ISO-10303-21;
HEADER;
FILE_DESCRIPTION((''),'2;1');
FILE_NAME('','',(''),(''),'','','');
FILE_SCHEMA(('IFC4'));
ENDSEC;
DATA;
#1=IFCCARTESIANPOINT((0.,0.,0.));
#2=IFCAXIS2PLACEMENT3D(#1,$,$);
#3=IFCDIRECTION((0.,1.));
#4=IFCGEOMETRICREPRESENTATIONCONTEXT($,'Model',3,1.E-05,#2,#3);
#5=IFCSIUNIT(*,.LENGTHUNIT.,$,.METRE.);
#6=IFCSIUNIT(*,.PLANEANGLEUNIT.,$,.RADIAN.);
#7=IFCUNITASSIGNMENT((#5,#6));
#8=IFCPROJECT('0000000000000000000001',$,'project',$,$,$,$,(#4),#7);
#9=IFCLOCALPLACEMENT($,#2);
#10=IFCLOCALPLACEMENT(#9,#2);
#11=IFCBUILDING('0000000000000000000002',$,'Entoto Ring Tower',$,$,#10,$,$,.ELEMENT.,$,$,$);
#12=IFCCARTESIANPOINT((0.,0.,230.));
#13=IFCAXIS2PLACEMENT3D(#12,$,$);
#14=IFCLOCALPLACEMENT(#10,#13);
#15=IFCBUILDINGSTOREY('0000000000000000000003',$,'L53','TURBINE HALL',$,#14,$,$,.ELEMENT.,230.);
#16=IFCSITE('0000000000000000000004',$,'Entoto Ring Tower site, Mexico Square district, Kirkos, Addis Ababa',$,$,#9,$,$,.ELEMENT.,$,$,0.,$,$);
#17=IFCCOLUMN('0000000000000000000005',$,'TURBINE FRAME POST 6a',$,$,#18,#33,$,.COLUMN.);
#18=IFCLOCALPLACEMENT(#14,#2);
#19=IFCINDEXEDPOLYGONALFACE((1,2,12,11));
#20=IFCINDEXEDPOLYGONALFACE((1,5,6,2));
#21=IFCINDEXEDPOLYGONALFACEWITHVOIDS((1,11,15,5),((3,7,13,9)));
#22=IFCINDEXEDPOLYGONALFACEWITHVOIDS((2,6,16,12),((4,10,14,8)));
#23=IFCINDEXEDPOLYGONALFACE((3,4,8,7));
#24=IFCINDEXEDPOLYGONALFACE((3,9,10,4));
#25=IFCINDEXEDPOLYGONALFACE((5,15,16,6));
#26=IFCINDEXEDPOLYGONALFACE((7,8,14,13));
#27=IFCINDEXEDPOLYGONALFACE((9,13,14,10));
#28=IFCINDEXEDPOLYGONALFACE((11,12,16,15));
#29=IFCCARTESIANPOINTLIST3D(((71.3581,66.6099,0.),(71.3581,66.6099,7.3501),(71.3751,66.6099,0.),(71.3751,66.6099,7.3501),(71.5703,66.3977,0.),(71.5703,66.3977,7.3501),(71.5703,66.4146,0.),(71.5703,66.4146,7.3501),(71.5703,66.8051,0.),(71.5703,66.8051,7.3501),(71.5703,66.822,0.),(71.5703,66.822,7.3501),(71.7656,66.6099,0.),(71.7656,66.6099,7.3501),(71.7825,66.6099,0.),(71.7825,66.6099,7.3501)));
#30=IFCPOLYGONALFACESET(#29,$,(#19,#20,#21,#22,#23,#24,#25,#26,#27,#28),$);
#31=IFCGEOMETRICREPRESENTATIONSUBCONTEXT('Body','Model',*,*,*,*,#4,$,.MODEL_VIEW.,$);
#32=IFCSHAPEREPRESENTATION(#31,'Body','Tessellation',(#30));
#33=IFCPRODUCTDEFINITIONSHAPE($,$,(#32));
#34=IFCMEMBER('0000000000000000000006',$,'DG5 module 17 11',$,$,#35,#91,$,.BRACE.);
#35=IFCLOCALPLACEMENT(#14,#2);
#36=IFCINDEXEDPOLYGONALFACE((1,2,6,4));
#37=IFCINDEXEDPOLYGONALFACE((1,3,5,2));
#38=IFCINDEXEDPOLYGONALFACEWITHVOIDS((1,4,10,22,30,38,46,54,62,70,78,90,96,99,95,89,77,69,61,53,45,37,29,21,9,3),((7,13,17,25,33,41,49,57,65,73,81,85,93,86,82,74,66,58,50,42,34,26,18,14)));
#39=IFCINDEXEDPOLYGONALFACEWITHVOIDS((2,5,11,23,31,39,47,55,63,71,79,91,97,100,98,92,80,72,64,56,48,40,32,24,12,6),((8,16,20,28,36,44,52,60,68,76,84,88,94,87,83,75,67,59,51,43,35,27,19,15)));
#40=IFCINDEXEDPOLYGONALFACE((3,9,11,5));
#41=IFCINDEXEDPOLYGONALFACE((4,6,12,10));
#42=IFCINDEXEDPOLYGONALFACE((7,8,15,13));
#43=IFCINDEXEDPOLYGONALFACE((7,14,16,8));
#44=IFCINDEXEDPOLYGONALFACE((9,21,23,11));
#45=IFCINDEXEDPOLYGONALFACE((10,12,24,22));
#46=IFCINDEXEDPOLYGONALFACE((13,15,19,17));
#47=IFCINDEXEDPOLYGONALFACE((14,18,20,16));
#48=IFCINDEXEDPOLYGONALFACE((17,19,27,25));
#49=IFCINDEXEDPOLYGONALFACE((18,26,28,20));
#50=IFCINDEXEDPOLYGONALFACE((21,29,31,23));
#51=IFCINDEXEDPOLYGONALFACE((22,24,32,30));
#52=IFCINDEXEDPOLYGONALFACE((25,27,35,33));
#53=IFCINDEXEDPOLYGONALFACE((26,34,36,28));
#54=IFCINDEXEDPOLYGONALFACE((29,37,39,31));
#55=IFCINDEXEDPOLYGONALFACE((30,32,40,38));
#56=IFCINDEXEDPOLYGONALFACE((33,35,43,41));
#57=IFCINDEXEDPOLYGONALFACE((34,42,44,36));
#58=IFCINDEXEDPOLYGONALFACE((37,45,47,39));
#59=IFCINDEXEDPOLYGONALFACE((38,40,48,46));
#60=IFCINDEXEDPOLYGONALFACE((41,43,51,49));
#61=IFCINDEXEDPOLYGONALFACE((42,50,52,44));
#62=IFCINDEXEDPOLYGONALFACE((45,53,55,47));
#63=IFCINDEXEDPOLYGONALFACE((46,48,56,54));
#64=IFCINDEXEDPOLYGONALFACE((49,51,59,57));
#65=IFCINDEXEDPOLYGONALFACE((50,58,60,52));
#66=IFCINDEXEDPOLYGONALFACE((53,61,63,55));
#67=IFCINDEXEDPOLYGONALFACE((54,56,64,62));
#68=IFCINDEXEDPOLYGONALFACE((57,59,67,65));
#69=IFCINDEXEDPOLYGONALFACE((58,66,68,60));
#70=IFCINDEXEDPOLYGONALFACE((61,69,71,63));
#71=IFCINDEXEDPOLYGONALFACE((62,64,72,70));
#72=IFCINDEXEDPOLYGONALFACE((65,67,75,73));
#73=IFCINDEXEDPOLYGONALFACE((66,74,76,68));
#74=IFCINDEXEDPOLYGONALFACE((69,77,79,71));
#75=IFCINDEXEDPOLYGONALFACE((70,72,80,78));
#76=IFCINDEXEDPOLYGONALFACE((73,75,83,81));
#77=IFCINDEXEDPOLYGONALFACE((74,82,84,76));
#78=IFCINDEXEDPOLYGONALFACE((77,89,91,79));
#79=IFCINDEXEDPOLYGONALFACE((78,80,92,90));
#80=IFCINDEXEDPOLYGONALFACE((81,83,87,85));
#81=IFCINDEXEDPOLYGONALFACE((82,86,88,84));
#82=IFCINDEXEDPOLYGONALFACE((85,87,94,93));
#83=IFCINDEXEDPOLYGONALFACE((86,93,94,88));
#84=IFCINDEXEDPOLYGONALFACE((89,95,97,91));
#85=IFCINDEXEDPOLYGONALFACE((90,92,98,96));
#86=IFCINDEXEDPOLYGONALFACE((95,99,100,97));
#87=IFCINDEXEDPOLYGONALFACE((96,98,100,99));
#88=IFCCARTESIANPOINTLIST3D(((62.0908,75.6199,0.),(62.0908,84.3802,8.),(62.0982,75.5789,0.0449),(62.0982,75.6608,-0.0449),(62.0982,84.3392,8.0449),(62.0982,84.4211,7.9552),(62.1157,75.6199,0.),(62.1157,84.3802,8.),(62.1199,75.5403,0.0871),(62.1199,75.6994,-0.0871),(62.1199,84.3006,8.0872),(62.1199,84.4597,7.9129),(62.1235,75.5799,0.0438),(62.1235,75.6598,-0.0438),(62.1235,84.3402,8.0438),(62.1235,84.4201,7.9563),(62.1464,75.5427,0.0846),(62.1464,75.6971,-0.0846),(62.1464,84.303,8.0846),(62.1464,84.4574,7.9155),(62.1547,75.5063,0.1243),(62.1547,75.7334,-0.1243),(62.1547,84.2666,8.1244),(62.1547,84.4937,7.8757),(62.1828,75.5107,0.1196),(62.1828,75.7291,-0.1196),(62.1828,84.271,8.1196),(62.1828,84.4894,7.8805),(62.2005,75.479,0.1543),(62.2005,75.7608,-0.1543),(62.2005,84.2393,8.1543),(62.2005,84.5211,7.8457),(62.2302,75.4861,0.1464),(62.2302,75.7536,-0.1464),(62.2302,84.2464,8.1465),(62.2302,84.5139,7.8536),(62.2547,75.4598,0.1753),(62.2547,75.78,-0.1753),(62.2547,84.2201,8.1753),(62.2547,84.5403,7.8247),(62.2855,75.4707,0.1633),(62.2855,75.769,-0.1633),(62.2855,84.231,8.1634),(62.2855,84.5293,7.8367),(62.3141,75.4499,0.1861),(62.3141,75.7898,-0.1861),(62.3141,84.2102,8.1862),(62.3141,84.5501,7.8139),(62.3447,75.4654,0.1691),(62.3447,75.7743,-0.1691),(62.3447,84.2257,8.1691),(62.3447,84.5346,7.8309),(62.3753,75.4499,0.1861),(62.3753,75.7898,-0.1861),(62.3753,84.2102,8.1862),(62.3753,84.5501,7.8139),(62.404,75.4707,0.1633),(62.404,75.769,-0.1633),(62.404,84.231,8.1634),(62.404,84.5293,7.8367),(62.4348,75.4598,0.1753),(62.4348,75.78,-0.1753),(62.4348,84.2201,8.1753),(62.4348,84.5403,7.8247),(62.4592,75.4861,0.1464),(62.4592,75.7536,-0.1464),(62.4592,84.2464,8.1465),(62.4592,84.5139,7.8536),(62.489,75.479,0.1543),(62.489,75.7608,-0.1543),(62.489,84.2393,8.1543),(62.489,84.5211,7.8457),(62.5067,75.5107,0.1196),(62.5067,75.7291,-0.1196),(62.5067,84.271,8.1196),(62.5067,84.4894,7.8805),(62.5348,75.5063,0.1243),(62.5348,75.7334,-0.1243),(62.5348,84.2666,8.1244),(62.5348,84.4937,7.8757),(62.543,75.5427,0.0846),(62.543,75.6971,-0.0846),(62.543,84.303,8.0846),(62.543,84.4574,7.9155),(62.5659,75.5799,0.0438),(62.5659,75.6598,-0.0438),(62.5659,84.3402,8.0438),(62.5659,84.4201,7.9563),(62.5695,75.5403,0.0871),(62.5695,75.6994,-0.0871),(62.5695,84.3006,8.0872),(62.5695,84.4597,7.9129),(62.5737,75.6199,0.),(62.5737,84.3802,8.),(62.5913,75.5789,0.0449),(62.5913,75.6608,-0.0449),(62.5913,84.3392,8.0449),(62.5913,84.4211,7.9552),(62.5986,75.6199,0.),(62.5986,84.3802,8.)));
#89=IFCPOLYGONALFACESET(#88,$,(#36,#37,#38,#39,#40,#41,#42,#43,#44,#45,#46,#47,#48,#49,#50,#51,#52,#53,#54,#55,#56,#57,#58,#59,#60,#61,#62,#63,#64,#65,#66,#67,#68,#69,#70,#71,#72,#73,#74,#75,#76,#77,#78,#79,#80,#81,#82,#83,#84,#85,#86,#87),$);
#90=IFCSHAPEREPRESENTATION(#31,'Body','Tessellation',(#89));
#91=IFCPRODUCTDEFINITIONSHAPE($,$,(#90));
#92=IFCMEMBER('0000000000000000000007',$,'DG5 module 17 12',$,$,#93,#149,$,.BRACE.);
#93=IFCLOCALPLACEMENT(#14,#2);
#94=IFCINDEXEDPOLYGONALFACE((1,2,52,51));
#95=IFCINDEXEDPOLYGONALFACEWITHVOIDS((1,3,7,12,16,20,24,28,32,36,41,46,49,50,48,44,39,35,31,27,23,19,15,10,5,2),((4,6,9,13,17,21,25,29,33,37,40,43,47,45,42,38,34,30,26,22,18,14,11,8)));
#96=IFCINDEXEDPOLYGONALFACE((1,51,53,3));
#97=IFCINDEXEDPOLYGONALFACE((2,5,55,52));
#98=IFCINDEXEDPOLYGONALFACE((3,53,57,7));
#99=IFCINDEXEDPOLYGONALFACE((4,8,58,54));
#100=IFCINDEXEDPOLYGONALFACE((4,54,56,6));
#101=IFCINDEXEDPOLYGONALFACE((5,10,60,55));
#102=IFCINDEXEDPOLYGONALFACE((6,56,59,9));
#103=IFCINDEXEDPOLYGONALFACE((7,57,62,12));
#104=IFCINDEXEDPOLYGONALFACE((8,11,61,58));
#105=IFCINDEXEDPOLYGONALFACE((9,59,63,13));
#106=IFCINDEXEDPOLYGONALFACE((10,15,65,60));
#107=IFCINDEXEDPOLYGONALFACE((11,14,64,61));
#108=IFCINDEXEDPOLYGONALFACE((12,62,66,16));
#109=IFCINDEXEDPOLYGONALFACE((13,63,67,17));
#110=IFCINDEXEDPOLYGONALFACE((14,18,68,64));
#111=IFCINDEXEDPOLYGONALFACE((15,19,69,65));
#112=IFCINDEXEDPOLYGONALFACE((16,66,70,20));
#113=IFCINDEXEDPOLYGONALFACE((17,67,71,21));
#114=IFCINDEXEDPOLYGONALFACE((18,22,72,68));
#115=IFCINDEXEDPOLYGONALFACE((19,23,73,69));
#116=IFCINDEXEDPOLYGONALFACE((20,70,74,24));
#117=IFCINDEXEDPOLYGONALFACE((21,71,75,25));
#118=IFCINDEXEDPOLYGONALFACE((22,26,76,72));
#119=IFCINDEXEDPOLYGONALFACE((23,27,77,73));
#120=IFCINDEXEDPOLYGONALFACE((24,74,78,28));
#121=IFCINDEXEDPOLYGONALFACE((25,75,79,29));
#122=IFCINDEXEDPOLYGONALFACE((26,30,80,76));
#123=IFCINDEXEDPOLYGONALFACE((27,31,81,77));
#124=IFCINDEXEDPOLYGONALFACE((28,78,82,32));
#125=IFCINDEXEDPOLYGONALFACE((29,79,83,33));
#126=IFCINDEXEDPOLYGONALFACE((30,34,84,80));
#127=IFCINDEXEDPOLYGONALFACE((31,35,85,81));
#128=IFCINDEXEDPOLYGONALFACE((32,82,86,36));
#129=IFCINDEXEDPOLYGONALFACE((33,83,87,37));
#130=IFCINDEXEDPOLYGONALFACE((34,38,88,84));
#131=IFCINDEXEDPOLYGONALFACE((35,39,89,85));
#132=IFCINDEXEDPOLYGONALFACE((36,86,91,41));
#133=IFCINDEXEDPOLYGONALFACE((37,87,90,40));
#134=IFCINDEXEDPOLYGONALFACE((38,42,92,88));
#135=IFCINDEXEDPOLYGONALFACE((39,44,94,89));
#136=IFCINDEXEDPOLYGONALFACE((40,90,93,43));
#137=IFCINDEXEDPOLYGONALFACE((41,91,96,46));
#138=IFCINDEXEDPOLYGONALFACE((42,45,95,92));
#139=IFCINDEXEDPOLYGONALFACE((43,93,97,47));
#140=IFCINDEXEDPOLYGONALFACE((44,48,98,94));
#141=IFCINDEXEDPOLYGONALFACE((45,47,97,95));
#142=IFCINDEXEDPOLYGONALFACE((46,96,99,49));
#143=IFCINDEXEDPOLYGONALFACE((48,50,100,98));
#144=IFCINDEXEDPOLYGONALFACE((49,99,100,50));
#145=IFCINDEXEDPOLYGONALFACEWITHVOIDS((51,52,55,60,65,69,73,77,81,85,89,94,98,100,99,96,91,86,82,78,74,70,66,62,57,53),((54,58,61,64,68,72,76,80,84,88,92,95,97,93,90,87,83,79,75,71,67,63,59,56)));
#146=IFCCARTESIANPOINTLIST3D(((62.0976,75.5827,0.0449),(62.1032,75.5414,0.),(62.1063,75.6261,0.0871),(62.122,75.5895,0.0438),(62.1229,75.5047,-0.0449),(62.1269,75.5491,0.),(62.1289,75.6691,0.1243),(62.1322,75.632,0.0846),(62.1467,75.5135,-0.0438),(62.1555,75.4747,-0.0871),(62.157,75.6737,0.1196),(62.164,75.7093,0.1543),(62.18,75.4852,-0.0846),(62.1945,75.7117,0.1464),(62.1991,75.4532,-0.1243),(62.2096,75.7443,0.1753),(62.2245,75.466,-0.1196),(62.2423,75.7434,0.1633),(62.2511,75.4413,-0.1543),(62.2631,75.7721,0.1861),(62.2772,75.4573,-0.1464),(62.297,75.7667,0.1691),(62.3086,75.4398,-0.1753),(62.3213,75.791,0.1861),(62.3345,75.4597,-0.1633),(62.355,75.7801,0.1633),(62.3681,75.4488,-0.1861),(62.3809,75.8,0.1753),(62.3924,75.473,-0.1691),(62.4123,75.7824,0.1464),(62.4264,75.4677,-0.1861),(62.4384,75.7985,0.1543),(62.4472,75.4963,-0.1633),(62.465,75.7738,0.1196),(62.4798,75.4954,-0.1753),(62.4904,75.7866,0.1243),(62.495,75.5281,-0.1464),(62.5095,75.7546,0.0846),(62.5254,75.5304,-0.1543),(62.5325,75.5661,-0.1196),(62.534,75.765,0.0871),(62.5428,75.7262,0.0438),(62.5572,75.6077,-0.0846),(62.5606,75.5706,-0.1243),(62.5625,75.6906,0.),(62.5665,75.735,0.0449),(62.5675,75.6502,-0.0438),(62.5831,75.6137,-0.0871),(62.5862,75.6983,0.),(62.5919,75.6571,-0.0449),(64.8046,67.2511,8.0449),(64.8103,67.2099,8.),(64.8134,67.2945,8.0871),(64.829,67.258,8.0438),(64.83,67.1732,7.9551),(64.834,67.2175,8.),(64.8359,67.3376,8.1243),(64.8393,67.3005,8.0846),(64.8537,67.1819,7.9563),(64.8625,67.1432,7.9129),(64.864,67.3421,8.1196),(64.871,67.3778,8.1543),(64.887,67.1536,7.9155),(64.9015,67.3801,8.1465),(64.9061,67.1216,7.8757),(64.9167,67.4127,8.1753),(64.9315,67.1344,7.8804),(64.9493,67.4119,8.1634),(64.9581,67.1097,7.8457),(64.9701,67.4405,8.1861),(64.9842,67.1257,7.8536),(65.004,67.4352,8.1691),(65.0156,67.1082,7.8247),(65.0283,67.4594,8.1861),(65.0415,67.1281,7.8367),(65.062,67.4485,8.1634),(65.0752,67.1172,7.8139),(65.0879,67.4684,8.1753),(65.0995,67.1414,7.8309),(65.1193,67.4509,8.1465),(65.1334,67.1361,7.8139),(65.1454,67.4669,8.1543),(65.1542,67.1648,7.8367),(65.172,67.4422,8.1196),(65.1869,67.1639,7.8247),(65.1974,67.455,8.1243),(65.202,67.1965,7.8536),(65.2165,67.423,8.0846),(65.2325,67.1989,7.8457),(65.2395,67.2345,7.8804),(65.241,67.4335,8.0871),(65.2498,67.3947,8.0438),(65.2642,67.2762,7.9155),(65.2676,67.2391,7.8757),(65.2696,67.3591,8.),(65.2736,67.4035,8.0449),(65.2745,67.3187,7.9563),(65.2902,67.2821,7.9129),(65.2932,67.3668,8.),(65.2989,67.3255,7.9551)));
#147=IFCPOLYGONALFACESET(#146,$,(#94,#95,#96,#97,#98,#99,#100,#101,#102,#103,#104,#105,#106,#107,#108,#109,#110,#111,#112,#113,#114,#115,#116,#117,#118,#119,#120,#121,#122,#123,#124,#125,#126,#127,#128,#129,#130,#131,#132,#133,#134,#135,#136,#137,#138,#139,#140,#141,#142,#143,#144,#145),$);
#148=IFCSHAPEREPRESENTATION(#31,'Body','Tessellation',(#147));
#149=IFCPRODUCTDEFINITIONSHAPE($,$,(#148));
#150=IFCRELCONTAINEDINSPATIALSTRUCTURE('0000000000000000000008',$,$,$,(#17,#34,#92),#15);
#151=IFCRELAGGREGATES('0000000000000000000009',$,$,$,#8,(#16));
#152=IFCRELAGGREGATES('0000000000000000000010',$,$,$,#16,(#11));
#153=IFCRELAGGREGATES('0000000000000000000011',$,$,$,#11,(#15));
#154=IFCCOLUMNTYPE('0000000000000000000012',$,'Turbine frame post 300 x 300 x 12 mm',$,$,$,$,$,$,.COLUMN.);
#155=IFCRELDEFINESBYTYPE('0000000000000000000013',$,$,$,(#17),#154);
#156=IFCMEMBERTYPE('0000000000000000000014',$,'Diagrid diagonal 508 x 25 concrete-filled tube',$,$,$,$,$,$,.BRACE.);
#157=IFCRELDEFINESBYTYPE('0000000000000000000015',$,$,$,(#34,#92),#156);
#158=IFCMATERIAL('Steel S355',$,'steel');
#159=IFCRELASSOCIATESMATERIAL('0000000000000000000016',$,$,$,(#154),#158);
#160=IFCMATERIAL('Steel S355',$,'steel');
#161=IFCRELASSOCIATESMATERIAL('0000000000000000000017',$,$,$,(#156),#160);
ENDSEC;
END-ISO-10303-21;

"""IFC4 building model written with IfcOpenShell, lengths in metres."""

from ifc_helpers import new_model, si_unit, direction, frame, origin, origin_2d, place, context, subcontext, project, spatial, hollow_rectangle, circle, hollow_circle, extrude, material, material_profile, profile_set, type_object, element, save


model = new_model("IFC4")

# Units and contexts
model_context = context("Model", 3, precision=1e-05, world=origin(), true_north=direction((0.0, 1.0)))
body_context = subcontext(model_context, "Body", "Model", "MODEL_VIEW")
ifc_project = project(units=[si_unit("LENGTHUNIT", "METRE"), si_unit("PLANEANGLEUNIT", "RADIAN")], contexts=[model_context])

# Site, building, storey
site_placement = place(None, origin())
site = spatial("IfcSite", under=ifc_project, at=site_placement, Name="Entoto Ring Tower site, Mexico Square district, Kirkos, Addis Ababa", CompositionType="ELEMENT", RefElevation=0.0)
building_placement = place(site_placement, origin())
building = spatial("IfcBuilding", under=site, at=building_placement, Name="Entoto Ring Tower", CompositionType="ELEMENT")
storey_placement = place(building_placement, frame((0.0, 0.0, 230.0)))
storey = spatial("IfcBuildingStorey", under=building, at=storey_placement, Name="L53", Description="TURBINE HALL", CompositionType="ELEMENT", Elevation=230.0)

# Column
ifc_material_1 = material(Name="Steel S355", Category="steel")
ifc_material_profile_1 = material_profile(ifc_material_1, hollow_rectangle(XDim=0.3, YDim=0.3, WallThickness=0.012, at=origin_2d()), Name="Turbine frame post 300 x 300 x 12 mm")
ifc_profile_set_1 = profile_set([ifc_material_profile_1], Name="Steel S355")
column_type_1 = type_object("IfcColumnType", Name="Turbine frame post 300 x 300 x 12 mm", PredefinedType="COLUMN", material=ifc_profile_set_1)
for number, where, z_axis, x_axis, name in (
    (1, (71.5703, 66.6099, 0.0), (0.0, 0.0, 1.0), (0.707107, -0.707107, 0.0), "TURBINE FRAME POST 6a"),
):
    element("IfcColumn", number, at=place(storey_placement, frame(where, z_axis=z_axis, x_axis=x_axis)), inside=storey, type_object=column_type_1, Name=name, PredefinedType="COLUMN", context=body_context, shape_type="SweptSolid", body=[
        extrude(hollow_rectangle(XDim=0.3, YDim=0.3, WallThickness=0.012, at=origin_2d()), origin(), (0.0, 0.0, 1.0), 7.3501),
    ])

# Members
ifc_material_2 = material(Name="Steel S355", Category="steel")
ifc_material_profile_2 = material_profile(ifc_material_2, hollow_circle(Radius=0.2539, WallThickness=0.0249, at=origin_2d()), Name="CHS 508 x 25")
ifc_material_3 = material(Name="Concrete C60/75", Category="concrete")
ifc_material_profile_3 = material_profile(ifc_material_3, circle(Radius=0.229, at=origin_2d()), Name="Concrete C60/75 infill")
ifc_profile_set_2 = profile_set([ifc_material_profile_2, ifc_material_profile_3], Name="Steel S355")
member_type_1 = type_object("IfcMemberType", Name="Diagrid diagonal 508 x 25 concrete-filled tube", PredefinedType="BRACE", material=ifc_profile_set_2)
for number, where, z_axis, x_axis, name in (
    (2, (62.3447, 75.6199, 0.0), (0.0, 0.738422, 0.674339), (-1.0, 0.0, 0.0), "DG5 module 17 11"),
    (3, (62.3447, 75.6199, 0.0), (0.228182, -0.702284, 0.674337), (0.951058, 0.309012, 0.0), "DG5 module 17 12"),
):
    element("IfcMember", number, at=place(storey_placement, frame(where, z_axis=z_axis, x_axis=x_axis)), inside=storey, type_object=member_type_1, Name=name, PredefinedType="BRACE", context=body_context, shape_type="SweptSolid", body=[
        extrude(hollow_circle(Radius=0.2539, WallThickness=0.0249, at=origin_2d()), origin(), (0.0, 0.0, 1.0), 11.8635),
    ])

save(model, "model.ifc")
